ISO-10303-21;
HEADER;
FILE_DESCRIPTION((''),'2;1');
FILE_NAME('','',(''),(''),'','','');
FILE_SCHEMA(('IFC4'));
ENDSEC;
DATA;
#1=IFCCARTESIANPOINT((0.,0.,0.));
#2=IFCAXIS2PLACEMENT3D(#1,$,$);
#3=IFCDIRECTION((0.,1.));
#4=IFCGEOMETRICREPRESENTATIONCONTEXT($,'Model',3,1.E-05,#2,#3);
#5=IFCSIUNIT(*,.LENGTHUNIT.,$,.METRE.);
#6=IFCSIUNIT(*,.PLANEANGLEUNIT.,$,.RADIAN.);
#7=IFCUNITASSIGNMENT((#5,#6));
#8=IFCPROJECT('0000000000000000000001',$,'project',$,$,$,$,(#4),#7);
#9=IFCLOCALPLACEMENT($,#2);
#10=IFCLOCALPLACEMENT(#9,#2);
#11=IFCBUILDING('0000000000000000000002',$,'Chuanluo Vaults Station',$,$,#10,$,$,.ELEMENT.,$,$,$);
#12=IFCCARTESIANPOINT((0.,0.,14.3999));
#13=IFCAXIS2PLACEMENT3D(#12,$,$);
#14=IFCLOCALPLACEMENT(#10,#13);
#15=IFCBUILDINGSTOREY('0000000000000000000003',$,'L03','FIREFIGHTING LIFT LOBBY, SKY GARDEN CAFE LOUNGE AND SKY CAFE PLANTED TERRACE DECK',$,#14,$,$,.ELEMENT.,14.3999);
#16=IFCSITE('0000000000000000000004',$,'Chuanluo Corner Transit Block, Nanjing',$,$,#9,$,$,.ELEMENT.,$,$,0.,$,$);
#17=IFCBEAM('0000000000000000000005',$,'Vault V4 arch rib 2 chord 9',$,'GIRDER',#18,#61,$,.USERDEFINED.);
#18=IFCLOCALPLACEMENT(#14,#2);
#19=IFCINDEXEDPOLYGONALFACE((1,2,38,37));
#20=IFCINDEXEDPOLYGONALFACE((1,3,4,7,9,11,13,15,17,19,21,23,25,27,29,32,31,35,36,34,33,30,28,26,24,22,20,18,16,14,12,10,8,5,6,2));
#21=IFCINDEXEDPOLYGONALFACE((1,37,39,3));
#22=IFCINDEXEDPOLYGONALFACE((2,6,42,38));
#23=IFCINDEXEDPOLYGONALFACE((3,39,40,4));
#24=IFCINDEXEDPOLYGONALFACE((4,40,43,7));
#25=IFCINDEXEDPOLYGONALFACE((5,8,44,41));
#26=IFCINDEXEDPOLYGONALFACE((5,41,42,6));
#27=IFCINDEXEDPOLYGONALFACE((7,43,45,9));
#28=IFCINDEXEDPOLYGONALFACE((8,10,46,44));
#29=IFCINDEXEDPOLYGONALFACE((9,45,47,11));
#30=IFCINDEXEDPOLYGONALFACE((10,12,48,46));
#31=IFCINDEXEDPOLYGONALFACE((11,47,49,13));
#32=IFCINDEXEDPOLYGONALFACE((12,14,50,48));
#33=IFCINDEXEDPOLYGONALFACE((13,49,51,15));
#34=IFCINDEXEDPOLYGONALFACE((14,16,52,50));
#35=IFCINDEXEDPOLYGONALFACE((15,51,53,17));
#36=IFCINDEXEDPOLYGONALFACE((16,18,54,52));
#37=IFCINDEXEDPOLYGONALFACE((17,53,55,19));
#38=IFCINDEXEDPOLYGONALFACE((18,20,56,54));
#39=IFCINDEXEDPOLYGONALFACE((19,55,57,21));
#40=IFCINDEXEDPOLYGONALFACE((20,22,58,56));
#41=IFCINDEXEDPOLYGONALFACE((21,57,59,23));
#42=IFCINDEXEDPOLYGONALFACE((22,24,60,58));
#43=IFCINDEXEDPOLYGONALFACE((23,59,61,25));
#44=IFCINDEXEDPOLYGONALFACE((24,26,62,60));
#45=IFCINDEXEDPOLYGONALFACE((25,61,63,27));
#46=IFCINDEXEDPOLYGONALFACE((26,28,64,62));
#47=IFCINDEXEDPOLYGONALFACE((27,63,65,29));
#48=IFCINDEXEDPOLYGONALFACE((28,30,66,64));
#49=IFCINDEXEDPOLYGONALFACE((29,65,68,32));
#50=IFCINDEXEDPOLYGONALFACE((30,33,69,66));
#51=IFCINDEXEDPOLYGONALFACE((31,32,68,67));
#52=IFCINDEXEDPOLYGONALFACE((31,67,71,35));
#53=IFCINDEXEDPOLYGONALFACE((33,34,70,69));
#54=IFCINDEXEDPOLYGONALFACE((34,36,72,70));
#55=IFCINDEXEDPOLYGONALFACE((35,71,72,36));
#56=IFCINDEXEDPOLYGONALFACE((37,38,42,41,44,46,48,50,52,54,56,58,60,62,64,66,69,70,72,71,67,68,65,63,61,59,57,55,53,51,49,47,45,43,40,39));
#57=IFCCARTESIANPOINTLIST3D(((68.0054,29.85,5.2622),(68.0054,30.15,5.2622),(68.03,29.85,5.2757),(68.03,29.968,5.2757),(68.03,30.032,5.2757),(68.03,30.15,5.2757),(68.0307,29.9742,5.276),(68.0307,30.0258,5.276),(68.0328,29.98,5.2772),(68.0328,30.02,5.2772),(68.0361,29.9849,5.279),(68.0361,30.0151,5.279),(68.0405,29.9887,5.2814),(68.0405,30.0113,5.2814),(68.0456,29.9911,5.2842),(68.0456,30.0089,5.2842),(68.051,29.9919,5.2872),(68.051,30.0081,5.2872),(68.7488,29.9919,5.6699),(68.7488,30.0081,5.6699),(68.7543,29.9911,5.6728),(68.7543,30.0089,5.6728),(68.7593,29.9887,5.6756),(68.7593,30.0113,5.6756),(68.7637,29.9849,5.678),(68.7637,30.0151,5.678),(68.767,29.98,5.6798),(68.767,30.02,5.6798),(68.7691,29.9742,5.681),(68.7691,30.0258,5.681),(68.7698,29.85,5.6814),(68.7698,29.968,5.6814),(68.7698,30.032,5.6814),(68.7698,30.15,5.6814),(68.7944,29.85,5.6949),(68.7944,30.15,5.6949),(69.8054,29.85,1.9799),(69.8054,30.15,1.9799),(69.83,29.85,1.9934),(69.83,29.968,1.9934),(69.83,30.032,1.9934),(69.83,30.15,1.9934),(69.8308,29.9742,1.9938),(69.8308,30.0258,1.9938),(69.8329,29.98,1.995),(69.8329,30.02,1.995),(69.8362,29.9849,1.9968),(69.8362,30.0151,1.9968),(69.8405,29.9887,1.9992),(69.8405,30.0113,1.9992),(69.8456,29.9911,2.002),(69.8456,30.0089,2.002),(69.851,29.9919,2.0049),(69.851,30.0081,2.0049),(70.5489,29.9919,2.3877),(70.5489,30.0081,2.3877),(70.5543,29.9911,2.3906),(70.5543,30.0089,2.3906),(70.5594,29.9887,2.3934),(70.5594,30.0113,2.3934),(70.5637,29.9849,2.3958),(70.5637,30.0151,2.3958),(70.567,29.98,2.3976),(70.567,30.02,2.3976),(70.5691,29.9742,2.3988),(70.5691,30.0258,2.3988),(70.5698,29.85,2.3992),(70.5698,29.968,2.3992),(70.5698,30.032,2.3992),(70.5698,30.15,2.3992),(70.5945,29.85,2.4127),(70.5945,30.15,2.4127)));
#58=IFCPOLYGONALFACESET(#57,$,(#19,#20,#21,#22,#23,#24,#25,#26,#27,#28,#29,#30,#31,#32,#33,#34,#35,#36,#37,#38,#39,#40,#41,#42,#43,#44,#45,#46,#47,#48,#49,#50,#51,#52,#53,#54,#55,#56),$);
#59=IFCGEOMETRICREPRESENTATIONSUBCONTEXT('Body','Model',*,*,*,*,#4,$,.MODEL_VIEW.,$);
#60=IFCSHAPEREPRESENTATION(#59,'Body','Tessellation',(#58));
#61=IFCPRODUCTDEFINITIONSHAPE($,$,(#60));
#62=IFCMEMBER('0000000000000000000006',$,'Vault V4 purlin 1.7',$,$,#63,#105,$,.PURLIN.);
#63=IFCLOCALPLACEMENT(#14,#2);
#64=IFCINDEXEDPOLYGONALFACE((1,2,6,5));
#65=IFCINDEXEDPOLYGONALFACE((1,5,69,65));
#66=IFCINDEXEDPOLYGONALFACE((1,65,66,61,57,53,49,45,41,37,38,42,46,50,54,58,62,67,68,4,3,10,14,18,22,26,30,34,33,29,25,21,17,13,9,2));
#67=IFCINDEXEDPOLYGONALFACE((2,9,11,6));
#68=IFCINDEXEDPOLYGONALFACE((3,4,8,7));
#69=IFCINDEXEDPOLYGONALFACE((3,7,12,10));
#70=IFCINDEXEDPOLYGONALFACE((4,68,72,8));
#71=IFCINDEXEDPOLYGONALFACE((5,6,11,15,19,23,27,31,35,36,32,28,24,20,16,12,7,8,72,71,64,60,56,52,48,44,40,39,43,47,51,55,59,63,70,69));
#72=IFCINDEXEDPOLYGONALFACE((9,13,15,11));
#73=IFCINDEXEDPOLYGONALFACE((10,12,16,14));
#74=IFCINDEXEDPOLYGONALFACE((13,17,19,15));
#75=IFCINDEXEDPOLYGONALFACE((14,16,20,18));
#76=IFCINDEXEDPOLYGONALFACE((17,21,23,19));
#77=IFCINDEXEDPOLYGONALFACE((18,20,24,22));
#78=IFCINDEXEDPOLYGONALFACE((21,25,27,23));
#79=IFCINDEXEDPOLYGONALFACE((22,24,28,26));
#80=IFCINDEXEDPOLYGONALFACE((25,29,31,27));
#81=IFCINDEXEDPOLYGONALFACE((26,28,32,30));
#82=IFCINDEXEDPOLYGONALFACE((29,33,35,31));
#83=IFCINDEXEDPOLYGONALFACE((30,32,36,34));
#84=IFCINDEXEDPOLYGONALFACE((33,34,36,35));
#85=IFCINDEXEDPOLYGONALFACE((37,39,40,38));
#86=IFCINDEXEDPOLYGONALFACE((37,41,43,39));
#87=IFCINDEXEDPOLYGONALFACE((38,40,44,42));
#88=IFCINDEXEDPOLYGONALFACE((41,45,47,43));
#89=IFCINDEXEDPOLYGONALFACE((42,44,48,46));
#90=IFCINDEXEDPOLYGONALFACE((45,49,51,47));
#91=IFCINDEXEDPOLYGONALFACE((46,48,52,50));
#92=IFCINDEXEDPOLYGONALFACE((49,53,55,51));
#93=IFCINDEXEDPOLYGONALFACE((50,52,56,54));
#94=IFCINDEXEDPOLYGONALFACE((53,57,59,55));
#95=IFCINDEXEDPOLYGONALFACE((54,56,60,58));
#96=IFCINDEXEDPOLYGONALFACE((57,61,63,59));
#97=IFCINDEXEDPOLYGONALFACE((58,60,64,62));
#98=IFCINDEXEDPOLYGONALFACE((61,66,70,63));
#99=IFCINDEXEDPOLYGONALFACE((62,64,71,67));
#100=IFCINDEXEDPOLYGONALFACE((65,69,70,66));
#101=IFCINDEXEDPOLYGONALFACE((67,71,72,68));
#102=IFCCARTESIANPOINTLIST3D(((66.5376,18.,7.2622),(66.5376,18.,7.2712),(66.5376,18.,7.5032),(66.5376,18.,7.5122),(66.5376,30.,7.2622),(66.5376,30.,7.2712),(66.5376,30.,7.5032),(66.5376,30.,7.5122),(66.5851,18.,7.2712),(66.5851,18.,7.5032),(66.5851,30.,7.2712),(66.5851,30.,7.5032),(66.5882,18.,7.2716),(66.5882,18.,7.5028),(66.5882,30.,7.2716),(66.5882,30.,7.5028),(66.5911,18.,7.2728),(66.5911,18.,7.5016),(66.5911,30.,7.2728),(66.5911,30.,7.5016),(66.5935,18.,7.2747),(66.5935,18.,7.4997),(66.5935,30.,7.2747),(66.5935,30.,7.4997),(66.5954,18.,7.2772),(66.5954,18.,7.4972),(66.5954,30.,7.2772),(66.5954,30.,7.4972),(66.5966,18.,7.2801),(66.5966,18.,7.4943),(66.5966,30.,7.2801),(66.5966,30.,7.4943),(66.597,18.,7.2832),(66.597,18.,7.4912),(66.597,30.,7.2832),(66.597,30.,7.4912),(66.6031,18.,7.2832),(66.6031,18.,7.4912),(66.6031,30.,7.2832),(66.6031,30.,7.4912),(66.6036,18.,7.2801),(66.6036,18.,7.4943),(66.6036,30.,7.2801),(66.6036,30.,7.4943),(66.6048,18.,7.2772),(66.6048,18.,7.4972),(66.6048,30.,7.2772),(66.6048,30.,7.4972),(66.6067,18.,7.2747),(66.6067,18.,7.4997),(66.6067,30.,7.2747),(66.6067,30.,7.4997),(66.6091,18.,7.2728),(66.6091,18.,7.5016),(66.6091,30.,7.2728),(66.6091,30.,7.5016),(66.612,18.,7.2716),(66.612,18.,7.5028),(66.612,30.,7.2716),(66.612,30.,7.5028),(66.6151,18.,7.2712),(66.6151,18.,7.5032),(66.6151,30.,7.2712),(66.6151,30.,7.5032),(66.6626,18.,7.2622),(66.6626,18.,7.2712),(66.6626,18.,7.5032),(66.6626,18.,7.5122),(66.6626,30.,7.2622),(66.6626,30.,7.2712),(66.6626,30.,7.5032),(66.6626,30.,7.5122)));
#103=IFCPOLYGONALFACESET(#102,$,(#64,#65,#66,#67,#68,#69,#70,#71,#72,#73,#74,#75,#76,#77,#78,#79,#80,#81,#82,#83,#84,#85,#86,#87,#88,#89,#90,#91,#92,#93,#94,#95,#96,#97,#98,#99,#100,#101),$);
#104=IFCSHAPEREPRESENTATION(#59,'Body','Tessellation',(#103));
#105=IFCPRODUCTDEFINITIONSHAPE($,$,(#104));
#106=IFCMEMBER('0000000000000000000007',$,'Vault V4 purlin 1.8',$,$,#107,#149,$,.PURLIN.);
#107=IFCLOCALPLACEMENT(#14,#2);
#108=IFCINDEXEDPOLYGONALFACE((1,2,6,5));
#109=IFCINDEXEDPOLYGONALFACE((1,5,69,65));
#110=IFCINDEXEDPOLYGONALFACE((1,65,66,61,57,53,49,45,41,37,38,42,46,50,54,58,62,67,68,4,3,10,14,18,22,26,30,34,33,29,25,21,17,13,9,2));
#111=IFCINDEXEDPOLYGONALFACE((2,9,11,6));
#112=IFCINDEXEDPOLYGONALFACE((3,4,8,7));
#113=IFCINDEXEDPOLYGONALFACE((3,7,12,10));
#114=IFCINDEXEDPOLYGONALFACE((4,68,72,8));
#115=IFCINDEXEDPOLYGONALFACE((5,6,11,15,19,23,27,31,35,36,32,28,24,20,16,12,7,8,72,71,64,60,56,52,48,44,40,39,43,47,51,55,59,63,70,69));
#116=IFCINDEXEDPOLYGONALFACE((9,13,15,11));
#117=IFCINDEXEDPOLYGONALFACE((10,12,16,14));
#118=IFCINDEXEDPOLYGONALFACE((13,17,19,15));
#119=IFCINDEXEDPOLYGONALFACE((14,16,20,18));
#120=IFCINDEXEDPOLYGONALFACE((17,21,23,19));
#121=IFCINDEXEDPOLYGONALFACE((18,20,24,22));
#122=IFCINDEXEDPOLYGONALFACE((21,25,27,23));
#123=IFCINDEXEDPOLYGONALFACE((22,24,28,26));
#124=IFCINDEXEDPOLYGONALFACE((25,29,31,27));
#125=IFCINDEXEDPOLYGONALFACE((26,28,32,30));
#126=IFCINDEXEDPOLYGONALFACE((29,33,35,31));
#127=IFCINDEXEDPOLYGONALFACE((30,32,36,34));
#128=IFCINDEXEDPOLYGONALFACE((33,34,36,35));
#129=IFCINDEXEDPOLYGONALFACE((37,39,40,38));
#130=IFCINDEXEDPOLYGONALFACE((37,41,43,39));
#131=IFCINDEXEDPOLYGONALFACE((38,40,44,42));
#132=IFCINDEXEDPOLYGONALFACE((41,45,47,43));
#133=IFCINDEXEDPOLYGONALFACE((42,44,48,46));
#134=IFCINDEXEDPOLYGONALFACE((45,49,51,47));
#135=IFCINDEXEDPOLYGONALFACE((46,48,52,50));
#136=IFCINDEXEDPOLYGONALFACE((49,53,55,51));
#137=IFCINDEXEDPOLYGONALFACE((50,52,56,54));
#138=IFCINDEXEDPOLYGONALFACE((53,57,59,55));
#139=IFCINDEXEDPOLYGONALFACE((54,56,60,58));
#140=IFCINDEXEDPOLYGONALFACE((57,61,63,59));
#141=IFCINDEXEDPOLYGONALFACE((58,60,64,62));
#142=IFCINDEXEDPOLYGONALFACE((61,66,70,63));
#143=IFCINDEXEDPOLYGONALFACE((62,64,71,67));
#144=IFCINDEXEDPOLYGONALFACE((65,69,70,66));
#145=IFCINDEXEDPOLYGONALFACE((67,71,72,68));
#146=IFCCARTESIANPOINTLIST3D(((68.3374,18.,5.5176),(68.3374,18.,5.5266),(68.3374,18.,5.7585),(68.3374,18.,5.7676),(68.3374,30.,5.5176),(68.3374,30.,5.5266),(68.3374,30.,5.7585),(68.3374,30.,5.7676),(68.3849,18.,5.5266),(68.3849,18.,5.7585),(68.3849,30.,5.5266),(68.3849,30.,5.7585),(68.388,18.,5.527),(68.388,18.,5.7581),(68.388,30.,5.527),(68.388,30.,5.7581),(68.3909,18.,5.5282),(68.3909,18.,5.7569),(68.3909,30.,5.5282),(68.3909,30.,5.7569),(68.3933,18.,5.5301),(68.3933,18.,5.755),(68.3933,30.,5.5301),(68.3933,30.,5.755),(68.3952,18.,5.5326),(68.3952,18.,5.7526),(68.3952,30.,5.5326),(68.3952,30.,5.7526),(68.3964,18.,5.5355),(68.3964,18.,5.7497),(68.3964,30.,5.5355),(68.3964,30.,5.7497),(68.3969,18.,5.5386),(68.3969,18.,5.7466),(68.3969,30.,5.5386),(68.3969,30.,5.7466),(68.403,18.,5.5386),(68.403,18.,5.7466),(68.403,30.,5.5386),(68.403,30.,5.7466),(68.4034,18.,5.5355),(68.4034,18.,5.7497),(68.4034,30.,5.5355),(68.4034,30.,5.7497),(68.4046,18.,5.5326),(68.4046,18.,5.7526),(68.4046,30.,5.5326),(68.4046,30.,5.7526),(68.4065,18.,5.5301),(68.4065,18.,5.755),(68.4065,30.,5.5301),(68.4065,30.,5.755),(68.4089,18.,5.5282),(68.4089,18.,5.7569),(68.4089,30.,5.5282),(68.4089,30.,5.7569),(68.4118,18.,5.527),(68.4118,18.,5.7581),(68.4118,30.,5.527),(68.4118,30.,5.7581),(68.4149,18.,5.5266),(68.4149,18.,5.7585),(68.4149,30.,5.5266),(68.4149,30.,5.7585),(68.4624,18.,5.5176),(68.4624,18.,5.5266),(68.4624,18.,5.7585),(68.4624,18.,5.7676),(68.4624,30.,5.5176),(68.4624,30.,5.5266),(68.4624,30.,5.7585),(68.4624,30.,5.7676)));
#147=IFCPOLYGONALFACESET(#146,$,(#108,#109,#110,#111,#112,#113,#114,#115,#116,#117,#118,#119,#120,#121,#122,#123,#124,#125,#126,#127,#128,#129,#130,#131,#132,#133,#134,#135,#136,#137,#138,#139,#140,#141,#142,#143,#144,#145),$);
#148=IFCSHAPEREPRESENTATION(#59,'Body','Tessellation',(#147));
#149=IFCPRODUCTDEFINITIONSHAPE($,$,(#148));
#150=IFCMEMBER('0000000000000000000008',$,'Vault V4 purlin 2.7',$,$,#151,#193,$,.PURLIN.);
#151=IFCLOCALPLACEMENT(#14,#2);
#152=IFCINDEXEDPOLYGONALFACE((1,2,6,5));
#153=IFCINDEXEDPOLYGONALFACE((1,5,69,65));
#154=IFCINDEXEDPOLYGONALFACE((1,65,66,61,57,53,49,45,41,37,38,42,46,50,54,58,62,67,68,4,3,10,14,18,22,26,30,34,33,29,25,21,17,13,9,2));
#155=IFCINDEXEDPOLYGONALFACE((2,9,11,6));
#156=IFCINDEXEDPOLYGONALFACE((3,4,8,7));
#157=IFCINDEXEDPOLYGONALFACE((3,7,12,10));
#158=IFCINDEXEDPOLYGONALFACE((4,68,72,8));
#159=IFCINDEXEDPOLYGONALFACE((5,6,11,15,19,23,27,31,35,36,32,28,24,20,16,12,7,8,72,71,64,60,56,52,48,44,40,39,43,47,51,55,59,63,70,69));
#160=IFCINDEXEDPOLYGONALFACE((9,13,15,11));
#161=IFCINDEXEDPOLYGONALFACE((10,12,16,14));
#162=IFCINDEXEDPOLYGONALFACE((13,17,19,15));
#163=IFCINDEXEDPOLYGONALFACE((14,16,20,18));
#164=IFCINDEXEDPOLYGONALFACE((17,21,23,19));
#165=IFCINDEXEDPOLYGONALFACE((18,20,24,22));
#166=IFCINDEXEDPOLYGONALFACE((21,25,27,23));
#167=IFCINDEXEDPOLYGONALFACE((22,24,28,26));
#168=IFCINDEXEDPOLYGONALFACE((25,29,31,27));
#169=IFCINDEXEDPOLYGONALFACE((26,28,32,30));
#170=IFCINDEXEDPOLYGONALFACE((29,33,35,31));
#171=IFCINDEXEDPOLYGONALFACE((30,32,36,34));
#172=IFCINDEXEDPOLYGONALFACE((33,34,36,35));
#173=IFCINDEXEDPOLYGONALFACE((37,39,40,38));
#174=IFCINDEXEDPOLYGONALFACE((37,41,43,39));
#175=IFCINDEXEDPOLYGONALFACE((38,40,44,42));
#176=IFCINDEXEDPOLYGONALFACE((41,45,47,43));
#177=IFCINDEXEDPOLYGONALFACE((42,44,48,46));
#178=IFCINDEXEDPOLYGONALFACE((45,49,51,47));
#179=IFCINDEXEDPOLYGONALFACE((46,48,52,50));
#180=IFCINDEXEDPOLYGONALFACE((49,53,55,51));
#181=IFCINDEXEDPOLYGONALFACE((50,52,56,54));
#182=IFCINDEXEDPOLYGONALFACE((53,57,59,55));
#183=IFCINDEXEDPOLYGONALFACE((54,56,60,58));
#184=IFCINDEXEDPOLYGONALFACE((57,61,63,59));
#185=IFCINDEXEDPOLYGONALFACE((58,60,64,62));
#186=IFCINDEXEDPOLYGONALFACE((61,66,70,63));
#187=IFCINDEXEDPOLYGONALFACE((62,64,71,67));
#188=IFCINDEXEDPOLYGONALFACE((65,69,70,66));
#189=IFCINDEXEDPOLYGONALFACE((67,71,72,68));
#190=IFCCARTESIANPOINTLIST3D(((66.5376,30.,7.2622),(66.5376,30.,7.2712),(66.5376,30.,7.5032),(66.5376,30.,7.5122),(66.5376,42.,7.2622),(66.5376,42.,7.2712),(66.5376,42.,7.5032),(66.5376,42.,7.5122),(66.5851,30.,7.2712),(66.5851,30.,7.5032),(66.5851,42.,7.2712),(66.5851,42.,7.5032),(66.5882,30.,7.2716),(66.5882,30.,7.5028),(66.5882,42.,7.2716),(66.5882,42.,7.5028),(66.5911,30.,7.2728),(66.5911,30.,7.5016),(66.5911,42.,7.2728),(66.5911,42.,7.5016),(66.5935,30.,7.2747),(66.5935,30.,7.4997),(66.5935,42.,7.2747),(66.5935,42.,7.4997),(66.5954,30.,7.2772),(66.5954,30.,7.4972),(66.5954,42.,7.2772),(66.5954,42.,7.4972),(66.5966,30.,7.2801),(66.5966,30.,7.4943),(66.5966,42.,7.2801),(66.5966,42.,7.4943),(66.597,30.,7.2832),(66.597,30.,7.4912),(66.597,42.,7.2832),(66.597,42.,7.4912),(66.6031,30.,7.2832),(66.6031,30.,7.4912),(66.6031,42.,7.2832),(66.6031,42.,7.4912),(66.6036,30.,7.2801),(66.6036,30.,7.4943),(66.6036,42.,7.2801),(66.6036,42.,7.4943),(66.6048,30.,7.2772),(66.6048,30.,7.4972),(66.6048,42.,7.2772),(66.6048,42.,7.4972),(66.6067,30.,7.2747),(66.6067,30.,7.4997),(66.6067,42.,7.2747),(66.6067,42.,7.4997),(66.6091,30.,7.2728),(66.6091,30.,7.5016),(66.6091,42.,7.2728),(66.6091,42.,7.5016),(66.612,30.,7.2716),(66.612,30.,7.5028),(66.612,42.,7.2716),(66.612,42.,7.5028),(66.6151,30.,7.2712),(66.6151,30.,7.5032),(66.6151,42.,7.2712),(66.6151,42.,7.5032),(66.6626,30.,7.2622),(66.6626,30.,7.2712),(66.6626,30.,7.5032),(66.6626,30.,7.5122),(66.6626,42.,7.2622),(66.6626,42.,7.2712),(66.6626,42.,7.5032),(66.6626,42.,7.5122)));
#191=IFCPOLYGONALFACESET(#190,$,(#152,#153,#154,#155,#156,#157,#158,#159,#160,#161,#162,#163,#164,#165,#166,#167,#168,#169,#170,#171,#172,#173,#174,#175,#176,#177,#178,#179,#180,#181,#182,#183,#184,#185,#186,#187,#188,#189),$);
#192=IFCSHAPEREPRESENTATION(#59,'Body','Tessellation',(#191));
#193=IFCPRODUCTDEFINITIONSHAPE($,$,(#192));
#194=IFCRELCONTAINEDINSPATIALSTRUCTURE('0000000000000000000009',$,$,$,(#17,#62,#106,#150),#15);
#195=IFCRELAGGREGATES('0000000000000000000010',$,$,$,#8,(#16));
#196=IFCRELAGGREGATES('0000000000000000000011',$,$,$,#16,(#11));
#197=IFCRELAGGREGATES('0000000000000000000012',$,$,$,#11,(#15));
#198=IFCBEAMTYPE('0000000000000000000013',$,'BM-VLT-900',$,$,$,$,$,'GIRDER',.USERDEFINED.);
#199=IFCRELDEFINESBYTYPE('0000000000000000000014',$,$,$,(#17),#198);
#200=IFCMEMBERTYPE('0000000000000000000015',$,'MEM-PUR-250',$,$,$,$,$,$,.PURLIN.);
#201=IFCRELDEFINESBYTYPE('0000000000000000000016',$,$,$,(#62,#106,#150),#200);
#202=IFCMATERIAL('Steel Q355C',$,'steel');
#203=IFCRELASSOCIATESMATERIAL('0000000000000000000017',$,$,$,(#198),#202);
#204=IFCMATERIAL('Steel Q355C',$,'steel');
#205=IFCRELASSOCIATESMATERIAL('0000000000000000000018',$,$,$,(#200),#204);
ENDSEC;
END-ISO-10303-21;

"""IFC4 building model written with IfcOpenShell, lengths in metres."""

from ifc_helpers import new_model, si_unit, direction, frame, origin, origin_2d, place, context, subcontext, project, spatial, i_section, extrude, material, material_profile, profile_set, type_object, element, save


model = new_model("IFC4")

# Units and contexts
model_context = context("Model", 3, precision=1e-05, world=origin(), true_north=direction((0.0, 1.0)))
body_context = subcontext(model_context, "Body", "Model", "MODEL_VIEW")
ifc_project = project(units=[si_unit("LENGTHUNIT", "METRE"), si_unit("PLANEANGLEUNIT", "RADIAN")], contexts=[model_context])

# Site, building, storey
site_placement = place(None, origin())
site = spatial("IfcSite", under=ifc_project, at=site_placement, Name="Chuanluo Corner Transit Block, Nanjing", CompositionType="ELEMENT", RefElevation=0.0)
building_placement = place(site_placement, origin())
building = spatial("IfcBuilding", under=site, at=building_placement, Name="Chuanluo Vaults Station", CompositionType="ELEMENT")
storey_placement = place(building_placement, frame((0.0, 0.0, 14.3999)))
storey = spatial("IfcBuildingStorey", under=building, at=storey_placement, Name="L03", Description="FIREFIGHTING LIFT LOBBY, SKY GARDEN CAFE LOUNGE AND SKY CAFE PLANTED TERRACE DECK", CompositionType="ELEMENT", Elevation=14.3999)

# Beam
ifc_material_1 = material(Name="Steel Q355C", Category="steel")
ifc_material_profile_1 = material_profile(ifc_material_1, i_section(OverallWidth=0.3, OverallDepth=0.8999, WebThickness=0.0161, FlangeThickness=0.0281, FilletRadius=0.0239, at=origin_2d()))
ifc_profile_set_1 = profile_set([ifc_material_profile_1], Name="Steel Q355C")
beam_type = type_object("IfcBeamType", Name="BM-VLT-900", ElementType="GIRDER", PredefinedType="USERDEFINED", material=ifc_profile_set_1)
beam_1_placement = place(storey_placement, frame((68.3999, 30.0, 5.4785), z_axis=(0.480857, 0.0, -0.876799), x_axis=(0.0, 1.0, 0.0)))
element("IfcBeam", 1, at=beam_1_placement, inside=storey, type_object=beam_type, Name="Vault V4 arch rib 2 chord 9", ObjectType="GIRDER", PredefinedType="USERDEFINED", context=body_context, shape_type="SweptSolid", body=[
    extrude(i_section(OverallWidth=0.3, OverallDepth=0.8999, WebThickness=0.0161, FlangeThickness=0.0281, FilletRadius=0.0239, at=origin_2d()), origin(), (0.0, 0.0, 1.0), 3.7434),
])

# Members
ifc_material_2 = material(Name="Steel Q355C", Category="steel")
ifc_material_profile_2 = material_profile(ifc_material_2, i_section(OverallWidth=0.125, OverallDepth=0.25, WebThickness=0.0061, FlangeThickness=0.009, FilletRadius=0.012, at=origin_2d()))
ifc_profile_set_2 = profile_set([ifc_material_profile_2], Name="Steel Q355C")
member_type_1 = type_object("IfcMemberType", Name="MEM-PUR-250", PredefinedType="PURLIN", material=ifc_profile_set_2)
for number, where, z_axis, x_axis, name in (
    (2, (66.6001, 18.0, 7.3872), (0.0, 1.0, 0.0), (-1.0, 0.0, 0.0), "Vault V4 purlin 1.7"),
    (3, (68.3999, 18.0, 5.6426), (0.0, 1.0, 0.0), (-1.0, 0.0, 0.0), "Vault V4 purlin 1.8"),
    (4, (66.6001, 30.0, 7.3872), (0.0, 1.0, 0.0), (-1.0, 0.0, 0.0), "Vault V4 purlin 2.7"),
):
    element("IfcMember", number, at=place(storey_placement, frame(where, z_axis=z_axis, x_axis=x_axis)), inside=storey, type_object=member_type_1, Name=name, PredefinedType="PURLIN", context=body_context, shape_type="SweptSolid", body=[
        extrude(i_section(OverallWidth=0.125, OverallDepth=0.25, WebThickness=0.0061, FlangeThickness=0.009, FilletRadius=0.012, at=origin_2d()), origin(), (0.0, 0.0, 1.0), 12.0),
    ])

save(model, "model.ifc")
